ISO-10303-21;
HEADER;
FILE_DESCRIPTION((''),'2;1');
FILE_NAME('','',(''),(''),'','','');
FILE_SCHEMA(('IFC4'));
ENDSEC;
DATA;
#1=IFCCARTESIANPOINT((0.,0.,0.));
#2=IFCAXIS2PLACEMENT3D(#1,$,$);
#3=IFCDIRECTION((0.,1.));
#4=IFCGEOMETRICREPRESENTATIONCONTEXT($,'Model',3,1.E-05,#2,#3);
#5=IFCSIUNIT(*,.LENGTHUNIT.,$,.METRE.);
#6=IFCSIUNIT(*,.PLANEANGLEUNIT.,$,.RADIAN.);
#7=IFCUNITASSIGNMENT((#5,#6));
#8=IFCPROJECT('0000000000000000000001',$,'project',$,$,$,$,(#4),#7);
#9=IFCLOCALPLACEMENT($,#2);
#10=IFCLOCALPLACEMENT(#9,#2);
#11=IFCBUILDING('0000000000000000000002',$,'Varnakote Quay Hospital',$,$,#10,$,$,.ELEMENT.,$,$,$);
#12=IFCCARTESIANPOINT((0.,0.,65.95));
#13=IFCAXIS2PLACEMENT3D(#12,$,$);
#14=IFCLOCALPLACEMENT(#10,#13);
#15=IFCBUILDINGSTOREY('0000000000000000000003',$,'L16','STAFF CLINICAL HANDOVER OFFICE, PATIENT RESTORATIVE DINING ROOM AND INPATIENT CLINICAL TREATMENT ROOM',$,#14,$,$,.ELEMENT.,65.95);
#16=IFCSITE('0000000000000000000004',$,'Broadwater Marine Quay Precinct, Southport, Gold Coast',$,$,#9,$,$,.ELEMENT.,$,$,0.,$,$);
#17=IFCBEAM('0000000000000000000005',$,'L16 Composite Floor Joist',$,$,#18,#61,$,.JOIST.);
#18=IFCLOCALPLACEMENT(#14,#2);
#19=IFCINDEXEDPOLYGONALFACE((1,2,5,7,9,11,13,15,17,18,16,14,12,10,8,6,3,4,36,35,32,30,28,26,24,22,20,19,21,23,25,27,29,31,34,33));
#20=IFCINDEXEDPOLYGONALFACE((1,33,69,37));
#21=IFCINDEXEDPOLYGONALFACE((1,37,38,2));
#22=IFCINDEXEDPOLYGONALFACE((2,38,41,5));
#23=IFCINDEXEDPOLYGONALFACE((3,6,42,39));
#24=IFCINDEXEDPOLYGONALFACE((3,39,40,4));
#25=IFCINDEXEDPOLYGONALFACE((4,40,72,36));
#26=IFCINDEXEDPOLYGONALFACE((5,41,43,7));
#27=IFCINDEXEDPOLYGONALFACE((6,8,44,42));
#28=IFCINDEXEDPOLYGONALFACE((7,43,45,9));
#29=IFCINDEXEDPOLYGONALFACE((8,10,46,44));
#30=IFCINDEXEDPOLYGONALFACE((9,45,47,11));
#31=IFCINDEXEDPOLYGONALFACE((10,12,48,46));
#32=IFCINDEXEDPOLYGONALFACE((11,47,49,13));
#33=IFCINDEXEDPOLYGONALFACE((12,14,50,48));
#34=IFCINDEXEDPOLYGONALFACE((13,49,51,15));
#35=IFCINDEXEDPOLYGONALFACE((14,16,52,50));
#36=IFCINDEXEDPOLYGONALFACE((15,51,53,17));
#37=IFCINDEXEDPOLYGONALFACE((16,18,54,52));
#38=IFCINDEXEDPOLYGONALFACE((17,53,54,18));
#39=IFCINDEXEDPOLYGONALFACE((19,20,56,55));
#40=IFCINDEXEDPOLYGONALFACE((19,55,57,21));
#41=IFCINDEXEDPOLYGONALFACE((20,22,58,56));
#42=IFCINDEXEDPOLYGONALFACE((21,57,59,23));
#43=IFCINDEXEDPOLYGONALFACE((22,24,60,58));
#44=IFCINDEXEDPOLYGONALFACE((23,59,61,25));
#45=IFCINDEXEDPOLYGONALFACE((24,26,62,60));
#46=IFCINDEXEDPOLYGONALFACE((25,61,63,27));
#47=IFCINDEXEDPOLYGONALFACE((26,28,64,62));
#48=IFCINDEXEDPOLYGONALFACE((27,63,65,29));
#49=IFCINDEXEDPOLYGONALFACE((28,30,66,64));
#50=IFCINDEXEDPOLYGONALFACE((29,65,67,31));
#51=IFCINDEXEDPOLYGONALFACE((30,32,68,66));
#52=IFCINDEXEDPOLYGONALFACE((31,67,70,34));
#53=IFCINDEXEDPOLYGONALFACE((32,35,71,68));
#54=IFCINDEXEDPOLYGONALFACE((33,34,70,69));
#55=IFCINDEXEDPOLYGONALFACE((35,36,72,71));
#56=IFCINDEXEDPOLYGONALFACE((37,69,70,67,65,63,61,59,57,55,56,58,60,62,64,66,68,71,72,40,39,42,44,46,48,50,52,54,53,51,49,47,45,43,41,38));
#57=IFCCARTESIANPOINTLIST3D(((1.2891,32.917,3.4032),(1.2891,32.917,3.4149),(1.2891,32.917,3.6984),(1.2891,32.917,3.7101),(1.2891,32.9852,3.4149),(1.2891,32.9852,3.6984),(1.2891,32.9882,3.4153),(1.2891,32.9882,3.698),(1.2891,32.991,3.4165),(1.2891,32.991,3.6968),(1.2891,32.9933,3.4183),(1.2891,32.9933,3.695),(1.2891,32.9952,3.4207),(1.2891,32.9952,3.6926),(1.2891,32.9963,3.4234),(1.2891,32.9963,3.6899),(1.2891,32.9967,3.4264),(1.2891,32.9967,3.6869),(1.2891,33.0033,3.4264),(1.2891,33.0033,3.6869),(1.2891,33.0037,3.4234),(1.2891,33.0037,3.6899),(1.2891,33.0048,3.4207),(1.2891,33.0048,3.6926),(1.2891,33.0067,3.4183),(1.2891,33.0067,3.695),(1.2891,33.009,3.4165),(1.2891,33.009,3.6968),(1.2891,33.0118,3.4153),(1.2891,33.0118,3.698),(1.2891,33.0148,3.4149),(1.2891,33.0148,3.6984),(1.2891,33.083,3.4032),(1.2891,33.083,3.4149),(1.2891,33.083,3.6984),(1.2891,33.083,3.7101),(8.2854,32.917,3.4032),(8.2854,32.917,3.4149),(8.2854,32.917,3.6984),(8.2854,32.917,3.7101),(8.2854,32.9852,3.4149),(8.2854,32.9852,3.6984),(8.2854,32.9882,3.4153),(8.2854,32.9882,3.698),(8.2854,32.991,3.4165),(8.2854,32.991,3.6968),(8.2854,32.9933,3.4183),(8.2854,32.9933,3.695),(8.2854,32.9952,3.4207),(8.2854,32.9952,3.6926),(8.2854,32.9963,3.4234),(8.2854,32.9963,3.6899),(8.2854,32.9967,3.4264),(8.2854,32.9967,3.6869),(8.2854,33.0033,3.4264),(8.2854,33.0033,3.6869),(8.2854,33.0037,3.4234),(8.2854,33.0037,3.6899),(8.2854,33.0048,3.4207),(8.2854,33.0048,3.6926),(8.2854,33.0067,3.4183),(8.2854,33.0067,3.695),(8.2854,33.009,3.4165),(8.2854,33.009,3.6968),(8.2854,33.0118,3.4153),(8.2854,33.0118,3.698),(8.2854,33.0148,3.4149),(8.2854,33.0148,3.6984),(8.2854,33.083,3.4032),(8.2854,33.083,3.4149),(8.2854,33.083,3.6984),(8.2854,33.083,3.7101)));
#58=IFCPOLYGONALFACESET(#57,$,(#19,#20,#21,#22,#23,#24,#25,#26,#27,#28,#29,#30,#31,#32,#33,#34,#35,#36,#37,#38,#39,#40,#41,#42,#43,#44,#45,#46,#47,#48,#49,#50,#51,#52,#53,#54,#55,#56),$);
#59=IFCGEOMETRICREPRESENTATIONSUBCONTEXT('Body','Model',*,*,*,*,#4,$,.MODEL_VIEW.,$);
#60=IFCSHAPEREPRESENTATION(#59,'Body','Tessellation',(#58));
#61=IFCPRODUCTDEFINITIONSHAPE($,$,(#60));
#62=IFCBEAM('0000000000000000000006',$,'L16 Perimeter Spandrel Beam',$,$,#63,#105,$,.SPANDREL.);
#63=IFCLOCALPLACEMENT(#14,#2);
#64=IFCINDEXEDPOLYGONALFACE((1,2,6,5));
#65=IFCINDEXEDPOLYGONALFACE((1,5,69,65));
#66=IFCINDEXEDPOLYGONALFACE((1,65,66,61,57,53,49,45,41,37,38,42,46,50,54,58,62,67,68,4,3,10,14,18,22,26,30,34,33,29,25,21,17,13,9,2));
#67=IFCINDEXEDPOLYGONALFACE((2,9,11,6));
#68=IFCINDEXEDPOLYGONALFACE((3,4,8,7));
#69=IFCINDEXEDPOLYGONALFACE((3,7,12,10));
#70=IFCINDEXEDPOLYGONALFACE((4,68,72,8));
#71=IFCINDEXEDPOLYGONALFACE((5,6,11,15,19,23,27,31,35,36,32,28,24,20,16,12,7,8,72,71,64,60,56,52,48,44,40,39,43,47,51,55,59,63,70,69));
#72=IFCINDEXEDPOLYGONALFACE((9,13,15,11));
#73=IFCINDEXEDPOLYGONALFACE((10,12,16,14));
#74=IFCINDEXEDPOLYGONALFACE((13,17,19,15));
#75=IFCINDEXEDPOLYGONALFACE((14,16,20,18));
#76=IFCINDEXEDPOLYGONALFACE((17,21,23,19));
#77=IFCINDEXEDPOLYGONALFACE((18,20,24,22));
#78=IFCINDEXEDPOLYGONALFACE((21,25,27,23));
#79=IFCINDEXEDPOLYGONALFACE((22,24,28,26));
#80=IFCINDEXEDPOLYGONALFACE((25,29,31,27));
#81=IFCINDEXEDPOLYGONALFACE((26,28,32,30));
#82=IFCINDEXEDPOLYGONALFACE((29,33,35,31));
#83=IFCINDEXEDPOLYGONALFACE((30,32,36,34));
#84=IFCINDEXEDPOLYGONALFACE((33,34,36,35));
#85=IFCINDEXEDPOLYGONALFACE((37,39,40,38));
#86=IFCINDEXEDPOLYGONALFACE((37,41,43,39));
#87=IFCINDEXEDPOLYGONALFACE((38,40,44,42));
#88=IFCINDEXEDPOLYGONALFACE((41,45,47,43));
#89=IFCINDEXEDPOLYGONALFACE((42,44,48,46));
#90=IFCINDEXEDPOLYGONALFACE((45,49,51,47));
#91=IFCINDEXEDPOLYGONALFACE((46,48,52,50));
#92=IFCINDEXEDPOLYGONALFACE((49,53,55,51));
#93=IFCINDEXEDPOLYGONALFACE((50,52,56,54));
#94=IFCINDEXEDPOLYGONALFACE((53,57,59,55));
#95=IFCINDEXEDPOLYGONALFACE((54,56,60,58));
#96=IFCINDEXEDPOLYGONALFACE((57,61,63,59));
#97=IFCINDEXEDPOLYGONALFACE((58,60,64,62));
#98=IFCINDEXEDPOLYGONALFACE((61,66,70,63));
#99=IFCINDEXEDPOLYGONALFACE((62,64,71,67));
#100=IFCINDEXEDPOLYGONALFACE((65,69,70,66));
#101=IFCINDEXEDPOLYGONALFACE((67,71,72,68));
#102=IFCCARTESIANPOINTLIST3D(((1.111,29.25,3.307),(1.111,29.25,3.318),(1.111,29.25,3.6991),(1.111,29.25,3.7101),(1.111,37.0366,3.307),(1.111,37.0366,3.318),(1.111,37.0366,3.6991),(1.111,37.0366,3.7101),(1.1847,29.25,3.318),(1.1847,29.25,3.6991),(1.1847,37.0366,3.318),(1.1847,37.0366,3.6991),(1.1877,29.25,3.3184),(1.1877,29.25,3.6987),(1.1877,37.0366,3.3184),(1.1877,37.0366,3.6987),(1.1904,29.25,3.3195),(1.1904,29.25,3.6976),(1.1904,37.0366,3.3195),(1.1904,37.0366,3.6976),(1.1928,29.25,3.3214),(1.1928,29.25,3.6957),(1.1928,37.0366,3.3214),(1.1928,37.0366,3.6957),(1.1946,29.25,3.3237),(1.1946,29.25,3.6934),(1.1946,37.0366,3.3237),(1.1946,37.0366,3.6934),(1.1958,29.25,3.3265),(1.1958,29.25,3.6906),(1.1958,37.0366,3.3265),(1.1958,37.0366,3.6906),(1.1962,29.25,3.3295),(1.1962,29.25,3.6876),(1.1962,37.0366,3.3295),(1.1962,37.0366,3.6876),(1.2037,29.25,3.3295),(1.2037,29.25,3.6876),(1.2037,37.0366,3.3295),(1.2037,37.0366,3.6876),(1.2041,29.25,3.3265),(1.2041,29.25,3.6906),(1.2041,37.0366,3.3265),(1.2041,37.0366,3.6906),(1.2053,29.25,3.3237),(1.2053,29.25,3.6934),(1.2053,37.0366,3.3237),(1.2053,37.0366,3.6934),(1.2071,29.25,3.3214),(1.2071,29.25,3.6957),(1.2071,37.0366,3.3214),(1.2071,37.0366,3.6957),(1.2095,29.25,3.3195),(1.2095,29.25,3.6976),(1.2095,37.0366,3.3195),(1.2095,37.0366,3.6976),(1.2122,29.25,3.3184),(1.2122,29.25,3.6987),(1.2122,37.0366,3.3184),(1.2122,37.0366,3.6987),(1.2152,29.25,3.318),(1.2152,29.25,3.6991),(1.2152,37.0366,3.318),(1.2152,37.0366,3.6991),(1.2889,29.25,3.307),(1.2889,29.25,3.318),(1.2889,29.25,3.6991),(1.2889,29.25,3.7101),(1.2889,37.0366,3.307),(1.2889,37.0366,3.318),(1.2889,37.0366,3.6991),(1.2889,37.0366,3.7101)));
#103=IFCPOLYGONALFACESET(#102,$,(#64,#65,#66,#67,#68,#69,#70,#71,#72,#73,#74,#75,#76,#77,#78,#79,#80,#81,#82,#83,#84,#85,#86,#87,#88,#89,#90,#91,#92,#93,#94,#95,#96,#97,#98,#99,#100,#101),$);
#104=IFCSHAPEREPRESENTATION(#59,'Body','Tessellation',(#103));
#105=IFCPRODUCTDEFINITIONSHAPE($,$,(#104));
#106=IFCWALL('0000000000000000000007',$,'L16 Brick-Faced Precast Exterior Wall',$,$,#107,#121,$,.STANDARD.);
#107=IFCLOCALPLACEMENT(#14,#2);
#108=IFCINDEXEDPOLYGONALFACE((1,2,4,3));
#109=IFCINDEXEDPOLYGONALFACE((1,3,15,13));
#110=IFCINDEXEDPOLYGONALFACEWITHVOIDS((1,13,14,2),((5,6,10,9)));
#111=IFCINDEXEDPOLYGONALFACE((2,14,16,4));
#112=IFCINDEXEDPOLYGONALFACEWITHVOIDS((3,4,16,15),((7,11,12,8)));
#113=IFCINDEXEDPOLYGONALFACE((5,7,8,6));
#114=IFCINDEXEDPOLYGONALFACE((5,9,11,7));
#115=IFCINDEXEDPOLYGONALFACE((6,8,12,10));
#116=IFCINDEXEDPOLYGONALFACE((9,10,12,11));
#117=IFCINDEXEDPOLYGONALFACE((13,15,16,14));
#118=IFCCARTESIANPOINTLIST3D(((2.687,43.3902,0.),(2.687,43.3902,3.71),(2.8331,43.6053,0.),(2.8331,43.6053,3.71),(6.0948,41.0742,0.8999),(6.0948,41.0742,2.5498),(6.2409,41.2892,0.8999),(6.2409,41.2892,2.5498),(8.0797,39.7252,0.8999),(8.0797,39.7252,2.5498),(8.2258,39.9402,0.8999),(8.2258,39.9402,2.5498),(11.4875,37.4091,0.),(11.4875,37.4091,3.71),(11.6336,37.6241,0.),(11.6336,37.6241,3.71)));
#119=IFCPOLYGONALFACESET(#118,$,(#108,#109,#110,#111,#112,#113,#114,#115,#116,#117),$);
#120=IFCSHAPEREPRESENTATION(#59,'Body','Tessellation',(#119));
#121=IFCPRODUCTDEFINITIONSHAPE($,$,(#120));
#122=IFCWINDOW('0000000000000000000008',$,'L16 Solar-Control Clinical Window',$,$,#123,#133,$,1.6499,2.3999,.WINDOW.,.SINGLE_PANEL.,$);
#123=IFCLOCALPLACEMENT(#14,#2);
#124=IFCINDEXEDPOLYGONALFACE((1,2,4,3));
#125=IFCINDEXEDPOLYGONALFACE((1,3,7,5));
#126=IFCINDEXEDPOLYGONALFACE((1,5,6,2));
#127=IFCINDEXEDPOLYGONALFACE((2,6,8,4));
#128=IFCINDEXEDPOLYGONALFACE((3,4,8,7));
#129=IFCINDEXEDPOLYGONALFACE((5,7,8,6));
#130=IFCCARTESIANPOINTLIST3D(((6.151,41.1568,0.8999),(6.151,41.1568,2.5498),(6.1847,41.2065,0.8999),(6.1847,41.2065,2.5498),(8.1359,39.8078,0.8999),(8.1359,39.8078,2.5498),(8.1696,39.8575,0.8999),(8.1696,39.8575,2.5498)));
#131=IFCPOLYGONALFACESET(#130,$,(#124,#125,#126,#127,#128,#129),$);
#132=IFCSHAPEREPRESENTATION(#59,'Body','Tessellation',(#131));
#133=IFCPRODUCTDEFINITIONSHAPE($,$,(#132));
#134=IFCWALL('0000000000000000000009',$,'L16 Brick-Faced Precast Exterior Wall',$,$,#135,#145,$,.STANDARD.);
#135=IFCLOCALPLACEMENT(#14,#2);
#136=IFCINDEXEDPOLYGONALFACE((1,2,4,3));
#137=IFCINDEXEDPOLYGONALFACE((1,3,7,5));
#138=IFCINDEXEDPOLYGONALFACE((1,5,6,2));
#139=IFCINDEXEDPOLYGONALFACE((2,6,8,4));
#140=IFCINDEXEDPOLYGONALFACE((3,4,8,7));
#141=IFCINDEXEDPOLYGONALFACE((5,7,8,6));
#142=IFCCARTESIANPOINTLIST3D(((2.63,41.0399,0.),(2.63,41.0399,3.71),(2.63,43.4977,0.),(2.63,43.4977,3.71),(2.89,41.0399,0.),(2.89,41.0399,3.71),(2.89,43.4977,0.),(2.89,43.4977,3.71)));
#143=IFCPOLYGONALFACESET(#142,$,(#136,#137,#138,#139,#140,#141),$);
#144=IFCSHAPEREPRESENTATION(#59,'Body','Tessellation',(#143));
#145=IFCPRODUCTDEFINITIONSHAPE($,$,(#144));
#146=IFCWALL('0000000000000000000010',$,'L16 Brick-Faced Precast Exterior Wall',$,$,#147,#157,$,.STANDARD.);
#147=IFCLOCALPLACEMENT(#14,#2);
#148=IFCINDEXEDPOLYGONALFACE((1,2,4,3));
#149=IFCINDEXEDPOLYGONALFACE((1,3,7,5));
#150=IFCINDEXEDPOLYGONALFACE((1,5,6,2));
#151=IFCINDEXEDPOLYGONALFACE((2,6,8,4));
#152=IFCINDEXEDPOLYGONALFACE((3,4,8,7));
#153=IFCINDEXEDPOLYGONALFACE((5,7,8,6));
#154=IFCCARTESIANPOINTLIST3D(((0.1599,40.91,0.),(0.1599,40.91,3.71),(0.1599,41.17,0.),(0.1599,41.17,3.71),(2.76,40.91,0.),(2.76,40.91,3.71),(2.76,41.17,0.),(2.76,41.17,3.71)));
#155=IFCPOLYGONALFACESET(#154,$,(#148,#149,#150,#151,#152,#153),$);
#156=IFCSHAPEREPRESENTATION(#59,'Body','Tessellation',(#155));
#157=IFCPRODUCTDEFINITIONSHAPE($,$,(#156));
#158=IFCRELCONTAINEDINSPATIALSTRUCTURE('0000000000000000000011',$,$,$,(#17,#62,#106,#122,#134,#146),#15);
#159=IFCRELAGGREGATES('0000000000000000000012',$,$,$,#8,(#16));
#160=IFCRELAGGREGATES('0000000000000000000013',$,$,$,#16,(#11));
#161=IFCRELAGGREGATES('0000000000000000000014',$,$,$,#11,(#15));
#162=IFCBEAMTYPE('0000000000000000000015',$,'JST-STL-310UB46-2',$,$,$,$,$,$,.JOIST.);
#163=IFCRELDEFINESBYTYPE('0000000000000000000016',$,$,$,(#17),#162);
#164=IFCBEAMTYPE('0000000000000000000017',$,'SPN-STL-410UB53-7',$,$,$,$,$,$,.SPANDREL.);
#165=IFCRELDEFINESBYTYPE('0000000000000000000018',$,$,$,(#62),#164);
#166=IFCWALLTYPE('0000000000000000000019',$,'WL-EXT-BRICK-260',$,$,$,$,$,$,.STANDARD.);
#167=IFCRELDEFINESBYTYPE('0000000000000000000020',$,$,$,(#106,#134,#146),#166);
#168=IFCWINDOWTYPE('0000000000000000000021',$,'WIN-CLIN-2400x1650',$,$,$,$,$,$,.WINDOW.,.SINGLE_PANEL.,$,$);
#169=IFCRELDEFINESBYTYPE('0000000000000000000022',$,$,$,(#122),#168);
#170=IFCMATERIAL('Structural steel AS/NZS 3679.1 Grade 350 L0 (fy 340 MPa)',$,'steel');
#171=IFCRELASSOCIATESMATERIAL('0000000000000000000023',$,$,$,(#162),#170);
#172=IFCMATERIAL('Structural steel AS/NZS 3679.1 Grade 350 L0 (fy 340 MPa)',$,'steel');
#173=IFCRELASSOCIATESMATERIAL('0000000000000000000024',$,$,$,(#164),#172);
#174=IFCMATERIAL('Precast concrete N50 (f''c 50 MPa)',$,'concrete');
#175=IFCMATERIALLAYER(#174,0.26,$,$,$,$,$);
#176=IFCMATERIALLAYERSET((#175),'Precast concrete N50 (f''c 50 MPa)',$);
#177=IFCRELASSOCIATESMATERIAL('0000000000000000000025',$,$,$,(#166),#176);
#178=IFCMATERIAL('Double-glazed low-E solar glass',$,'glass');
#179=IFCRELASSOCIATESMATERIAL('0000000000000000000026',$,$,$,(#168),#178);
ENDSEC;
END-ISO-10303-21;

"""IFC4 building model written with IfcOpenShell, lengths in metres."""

from ifc_helpers import new_model, si_unit, direction, frame, frame_2d, origin, origin_2d, place, context, subcontext, project, spatial, rectangle, i_section, extrude, material, layer, layer_set, material_profile, profile_set, type_object, element, fill, save


model = new_model("IFC4")

# Units and contexts
model_context = context("Model", 3, precision=1e-05, world=origin(), true_north=direction((0.0, 1.0)))
body_context = subcontext(model_context, "Body", "Model", "MODEL_VIEW")
ifc_project = project(units=[si_unit("LENGTHUNIT", "METRE"), si_unit("PLANEANGLEUNIT", "RADIAN")], contexts=[model_context])

# Site, building, storey
site_placement = place(None, origin())
site = spatial("IfcSite", under=ifc_project, at=site_placement, Name="Broadwater Marine Quay Precinct, Southport, Gold Coast", CompositionType="ELEMENT", RefElevation=0.0)
building_placement = place(site_placement, origin())
building = spatial("IfcBuilding", under=site, at=building_placement, Name="Varnakote Quay Hospital", CompositionType="ELEMENT")
storey_placement = place(building_placement, frame((0.0, 0.0, 65.95)))
storey = spatial("IfcBuildingStorey", under=building, at=storey_placement, Name="L16", Description="STAFF CLINICAL HANDOVER OFFICE, PATIENT RESTORATIVE DINING ROOM AND INPATIENT CLINICAL TREATMENT ROOM", CompositionType="ELEMENT", Elevation=65.95)

# Beams
ifc_material_1 = material(Name="Structural steel AS/NZS 3679.1 Grade 350 L0 (fy 340 MPa)", Category="steel")
ifc_material_profile_1 = material_profile(ifc_material_1, i_section(OverallWidth=0.166, OverallDepth=0.3069, WebThickness=0.0066, FlangeThickness=0.0117, FilletRadius=0.0115, at=origin_2d()), Name="310UB46.2")
ifc_profile_set_1 = profile_set([ifc_material_profile_1], Name="Structural steel AS/NZS 3679.1 Grade 350 L0 (fy 340 MPa)")
beam_type_1 = type_object("IfcBeamType", Name="JST-STL-310UB46-2", PredefinedType="JOIST", material=ifc_profile_set_1)
beam_1_placement = place(storey_placement, frame((1.2891, 33.0, 3.5566), z_axis=(1.0, 0.0, 0.0), x_axis=(0.0, 1.0, 0.0)))
element("IfcBeam", 1, at=beam_1_placement, inside=storey, type_object=beam_type_1, Name="L16 Composite Floor Joist", PredefinedType="JOIST", context=body_context, shape_type="SweptSolid", body=[
    extrude(i_section(OverallWidth=0.166, OverallDepth=0.3069, WebThickness=0.0066, FlangeThickness=0.0117, FilletRadius=0.0115, at=origin_2d()), origin(), (0.0, 0.0, 1.0), 6.9963),
])
ifc_material_2 = material(Name="Structural steel AS/NZS 3679.1 Grade 350 L0 (fy 340 MPa)", Category="steel")
ifc_material_profile_2 = material_profile(ifc_material_2, i_section(OverallWidth=0.178, OverallDepth=0.4031, WebThickness=0.0076, FlangeThickness=0.011, FilletRadius=0.0115, at=origin_2d()), Name="410UB53.7")
ifc_profile_set_2 = profile_set([ifc_material_profile_2], Name="Structural steel AS/NZS 3679.1 Grade 350 L0 (fy 340 MPa)")
beam_type_2 = type_object("IfcBeamType", Name="SPN-STL-410UB53-7", PredefinedType="SPANDREL", material=ifc_profile_set_2)
beam_2_placement = place(storey_placement, frame((1.2, 29.25, 3.5085), z_axis=(0.0, 1.0, 0.0), x_axis=(-1.0, 0.0, 0.0)))
element("IfcBeam", 2, at=beam_2_placement, inside=storey, type_object=beam_type_2, Name="L16 Perimeter Spandrel Beam", PredefinedType="SPANDREL", context=body_context, shape_type="SweptSolid", body=[
    extrude(i_section(OverallWidth=0.178, OverallDepth=0.4031, WebThickness=0.0076, FlangeThickness=0.011, FilletRadius=0.0115, at=origin_2d()), origin(), (0.0, 0.0, 1.0), 7.7866),
])

# Wall, opening, window
ifc_material_3 = material(Name="Precast concrete N50 (f'c 50 MPa)", Category="concrete")
ifc_layer_1 = layer(ifc_material_3, 0.26)
ifc_layer_set_1 = layer_set([ifc_layer_1], Name="Precast concrete N50 (f'c 50 MPa)")
wall_type_1 = type_object("IfcWallType", Name="WL-EXT-BRICK-260", PredefinedType="STANDARD", material=ifc_layer_set_1)
wall_1_placement = place(storey_placement, frame((11.5605, 37.5166, 0.0), z_axis=(0.0, 0.0, 1.0), x_axis=(-0.827065, 0.562107, 0.0)))
wall_1 = element("IfcWall", 3, at=wall_1_placement, inside=storey, type_object=wall_type_1, Name="L16 Brick-Faced Precast Exterior Wall", PredefinedType="STANDARD", context=body_context, shape_type="SweptSolid", body=[
    extrude(rectangle(XDim=10.6406, YDim=0.26, at=frame_2d((5.3203, 0.0))), origin(), (0.0, 0.0, 1.0), 3.71),
])
opening_1_placement = place(wall_1_placement, frame((4.1204, 0.0, 0.8999)))
opening_1 = element("IfcOpeningElement", 4, at=opening_1_placement, cuts=wall_1, PredefinedType="OPENING", context=body_context, shape_type="SweptSolid", body=[
    extrude(rectangle(XDim=2.3999, YDim=1.6499, at=frame_2d((1.2, 0.825))), frame((0.0, 0.1399, 0.0), z_axis=(0.0, -1.0, 0.0), x_axis=(1.0, 0.0, 0.0)), (0.0, 0.0, 1.0), 0.28),
])
ifc_material_4 = material(Name="Double-glazed low-E solar glass", Category="glass")
window_type = type_object("IfcWindowType", Name="WIN-CLIN-2400x1650", PartitioningType="SINGLE_PANEL", PredefinedType="WINDOW", material=ifc_material_4)
window_placement = place(opening_1_placement, origin())
window = element("IfcWindow", 5, at=window_placement, inside=storey, type_object=window_type, Name="L16 Solar-Control Clinical Window", OverallHeight=1.6499, OverallWidth=2.3999, PartitioningType="SINGLE_PANEL", PredefinedType="WINDOW", context=body_context, shape_type="SweptSolid", body=[
    extrude(rectangle(XDim=2.3999, YDim=1.6499, at=frame_2d((1.2, 0.825))), frame((0.0, 0.03, 0.0), z_axis=(0.0, -1.0, 0.0), x_axis=(1.0, 0.0, 0.0)), (0.0, 0.0, 1.0), 0.0601),
])
fill(opening_1, window)

# Walls
wall_2_placement = place(storey_placement, frame((2.76, 43.4978, 0.0), z_axis=(0.0, 0.0, 1.0), x_axis=(0.0, -1.0, 0.0)))
element("IfcWall", 6, at=wall_2_placement, inside=storey, type_object=wall_type_1, Name="L16 Brick-Faced Precast Exterior Wall", PredefinedType="STANDARD", context=body_context, shape_type="SweptSolid", body=[
    extrude(rectangle(XDim=2.4578, YDim=0.26, at=frame_2d((1.229, 0.0))), origin(), (0.0, 0.0, 1.0), 3.71),
])
wall_3_placement = place(storey_placement, frame((2.76, 41.04, 0.0), z_axis=(0.0, 0.0, 1.0), x_axis=(-1.0, 0.0, 0.0)))
element("IfcWall", 7, at=wall_3_placement, inside=storey, type_object=wall_type_1, Name="L16 Brick-Faced Precast Exterior Wall", PredefinedType="STANDARD", context=body_context, shape_type="SweptSolid", body=[
    extrude(rectangle(XDim=2.6001, YDim=0.26, at=frame_2d((1.3, 0.0))), origin(), (0.0, 0.0, 1.0), 3.71),
])

save(model, "model.ifc")
